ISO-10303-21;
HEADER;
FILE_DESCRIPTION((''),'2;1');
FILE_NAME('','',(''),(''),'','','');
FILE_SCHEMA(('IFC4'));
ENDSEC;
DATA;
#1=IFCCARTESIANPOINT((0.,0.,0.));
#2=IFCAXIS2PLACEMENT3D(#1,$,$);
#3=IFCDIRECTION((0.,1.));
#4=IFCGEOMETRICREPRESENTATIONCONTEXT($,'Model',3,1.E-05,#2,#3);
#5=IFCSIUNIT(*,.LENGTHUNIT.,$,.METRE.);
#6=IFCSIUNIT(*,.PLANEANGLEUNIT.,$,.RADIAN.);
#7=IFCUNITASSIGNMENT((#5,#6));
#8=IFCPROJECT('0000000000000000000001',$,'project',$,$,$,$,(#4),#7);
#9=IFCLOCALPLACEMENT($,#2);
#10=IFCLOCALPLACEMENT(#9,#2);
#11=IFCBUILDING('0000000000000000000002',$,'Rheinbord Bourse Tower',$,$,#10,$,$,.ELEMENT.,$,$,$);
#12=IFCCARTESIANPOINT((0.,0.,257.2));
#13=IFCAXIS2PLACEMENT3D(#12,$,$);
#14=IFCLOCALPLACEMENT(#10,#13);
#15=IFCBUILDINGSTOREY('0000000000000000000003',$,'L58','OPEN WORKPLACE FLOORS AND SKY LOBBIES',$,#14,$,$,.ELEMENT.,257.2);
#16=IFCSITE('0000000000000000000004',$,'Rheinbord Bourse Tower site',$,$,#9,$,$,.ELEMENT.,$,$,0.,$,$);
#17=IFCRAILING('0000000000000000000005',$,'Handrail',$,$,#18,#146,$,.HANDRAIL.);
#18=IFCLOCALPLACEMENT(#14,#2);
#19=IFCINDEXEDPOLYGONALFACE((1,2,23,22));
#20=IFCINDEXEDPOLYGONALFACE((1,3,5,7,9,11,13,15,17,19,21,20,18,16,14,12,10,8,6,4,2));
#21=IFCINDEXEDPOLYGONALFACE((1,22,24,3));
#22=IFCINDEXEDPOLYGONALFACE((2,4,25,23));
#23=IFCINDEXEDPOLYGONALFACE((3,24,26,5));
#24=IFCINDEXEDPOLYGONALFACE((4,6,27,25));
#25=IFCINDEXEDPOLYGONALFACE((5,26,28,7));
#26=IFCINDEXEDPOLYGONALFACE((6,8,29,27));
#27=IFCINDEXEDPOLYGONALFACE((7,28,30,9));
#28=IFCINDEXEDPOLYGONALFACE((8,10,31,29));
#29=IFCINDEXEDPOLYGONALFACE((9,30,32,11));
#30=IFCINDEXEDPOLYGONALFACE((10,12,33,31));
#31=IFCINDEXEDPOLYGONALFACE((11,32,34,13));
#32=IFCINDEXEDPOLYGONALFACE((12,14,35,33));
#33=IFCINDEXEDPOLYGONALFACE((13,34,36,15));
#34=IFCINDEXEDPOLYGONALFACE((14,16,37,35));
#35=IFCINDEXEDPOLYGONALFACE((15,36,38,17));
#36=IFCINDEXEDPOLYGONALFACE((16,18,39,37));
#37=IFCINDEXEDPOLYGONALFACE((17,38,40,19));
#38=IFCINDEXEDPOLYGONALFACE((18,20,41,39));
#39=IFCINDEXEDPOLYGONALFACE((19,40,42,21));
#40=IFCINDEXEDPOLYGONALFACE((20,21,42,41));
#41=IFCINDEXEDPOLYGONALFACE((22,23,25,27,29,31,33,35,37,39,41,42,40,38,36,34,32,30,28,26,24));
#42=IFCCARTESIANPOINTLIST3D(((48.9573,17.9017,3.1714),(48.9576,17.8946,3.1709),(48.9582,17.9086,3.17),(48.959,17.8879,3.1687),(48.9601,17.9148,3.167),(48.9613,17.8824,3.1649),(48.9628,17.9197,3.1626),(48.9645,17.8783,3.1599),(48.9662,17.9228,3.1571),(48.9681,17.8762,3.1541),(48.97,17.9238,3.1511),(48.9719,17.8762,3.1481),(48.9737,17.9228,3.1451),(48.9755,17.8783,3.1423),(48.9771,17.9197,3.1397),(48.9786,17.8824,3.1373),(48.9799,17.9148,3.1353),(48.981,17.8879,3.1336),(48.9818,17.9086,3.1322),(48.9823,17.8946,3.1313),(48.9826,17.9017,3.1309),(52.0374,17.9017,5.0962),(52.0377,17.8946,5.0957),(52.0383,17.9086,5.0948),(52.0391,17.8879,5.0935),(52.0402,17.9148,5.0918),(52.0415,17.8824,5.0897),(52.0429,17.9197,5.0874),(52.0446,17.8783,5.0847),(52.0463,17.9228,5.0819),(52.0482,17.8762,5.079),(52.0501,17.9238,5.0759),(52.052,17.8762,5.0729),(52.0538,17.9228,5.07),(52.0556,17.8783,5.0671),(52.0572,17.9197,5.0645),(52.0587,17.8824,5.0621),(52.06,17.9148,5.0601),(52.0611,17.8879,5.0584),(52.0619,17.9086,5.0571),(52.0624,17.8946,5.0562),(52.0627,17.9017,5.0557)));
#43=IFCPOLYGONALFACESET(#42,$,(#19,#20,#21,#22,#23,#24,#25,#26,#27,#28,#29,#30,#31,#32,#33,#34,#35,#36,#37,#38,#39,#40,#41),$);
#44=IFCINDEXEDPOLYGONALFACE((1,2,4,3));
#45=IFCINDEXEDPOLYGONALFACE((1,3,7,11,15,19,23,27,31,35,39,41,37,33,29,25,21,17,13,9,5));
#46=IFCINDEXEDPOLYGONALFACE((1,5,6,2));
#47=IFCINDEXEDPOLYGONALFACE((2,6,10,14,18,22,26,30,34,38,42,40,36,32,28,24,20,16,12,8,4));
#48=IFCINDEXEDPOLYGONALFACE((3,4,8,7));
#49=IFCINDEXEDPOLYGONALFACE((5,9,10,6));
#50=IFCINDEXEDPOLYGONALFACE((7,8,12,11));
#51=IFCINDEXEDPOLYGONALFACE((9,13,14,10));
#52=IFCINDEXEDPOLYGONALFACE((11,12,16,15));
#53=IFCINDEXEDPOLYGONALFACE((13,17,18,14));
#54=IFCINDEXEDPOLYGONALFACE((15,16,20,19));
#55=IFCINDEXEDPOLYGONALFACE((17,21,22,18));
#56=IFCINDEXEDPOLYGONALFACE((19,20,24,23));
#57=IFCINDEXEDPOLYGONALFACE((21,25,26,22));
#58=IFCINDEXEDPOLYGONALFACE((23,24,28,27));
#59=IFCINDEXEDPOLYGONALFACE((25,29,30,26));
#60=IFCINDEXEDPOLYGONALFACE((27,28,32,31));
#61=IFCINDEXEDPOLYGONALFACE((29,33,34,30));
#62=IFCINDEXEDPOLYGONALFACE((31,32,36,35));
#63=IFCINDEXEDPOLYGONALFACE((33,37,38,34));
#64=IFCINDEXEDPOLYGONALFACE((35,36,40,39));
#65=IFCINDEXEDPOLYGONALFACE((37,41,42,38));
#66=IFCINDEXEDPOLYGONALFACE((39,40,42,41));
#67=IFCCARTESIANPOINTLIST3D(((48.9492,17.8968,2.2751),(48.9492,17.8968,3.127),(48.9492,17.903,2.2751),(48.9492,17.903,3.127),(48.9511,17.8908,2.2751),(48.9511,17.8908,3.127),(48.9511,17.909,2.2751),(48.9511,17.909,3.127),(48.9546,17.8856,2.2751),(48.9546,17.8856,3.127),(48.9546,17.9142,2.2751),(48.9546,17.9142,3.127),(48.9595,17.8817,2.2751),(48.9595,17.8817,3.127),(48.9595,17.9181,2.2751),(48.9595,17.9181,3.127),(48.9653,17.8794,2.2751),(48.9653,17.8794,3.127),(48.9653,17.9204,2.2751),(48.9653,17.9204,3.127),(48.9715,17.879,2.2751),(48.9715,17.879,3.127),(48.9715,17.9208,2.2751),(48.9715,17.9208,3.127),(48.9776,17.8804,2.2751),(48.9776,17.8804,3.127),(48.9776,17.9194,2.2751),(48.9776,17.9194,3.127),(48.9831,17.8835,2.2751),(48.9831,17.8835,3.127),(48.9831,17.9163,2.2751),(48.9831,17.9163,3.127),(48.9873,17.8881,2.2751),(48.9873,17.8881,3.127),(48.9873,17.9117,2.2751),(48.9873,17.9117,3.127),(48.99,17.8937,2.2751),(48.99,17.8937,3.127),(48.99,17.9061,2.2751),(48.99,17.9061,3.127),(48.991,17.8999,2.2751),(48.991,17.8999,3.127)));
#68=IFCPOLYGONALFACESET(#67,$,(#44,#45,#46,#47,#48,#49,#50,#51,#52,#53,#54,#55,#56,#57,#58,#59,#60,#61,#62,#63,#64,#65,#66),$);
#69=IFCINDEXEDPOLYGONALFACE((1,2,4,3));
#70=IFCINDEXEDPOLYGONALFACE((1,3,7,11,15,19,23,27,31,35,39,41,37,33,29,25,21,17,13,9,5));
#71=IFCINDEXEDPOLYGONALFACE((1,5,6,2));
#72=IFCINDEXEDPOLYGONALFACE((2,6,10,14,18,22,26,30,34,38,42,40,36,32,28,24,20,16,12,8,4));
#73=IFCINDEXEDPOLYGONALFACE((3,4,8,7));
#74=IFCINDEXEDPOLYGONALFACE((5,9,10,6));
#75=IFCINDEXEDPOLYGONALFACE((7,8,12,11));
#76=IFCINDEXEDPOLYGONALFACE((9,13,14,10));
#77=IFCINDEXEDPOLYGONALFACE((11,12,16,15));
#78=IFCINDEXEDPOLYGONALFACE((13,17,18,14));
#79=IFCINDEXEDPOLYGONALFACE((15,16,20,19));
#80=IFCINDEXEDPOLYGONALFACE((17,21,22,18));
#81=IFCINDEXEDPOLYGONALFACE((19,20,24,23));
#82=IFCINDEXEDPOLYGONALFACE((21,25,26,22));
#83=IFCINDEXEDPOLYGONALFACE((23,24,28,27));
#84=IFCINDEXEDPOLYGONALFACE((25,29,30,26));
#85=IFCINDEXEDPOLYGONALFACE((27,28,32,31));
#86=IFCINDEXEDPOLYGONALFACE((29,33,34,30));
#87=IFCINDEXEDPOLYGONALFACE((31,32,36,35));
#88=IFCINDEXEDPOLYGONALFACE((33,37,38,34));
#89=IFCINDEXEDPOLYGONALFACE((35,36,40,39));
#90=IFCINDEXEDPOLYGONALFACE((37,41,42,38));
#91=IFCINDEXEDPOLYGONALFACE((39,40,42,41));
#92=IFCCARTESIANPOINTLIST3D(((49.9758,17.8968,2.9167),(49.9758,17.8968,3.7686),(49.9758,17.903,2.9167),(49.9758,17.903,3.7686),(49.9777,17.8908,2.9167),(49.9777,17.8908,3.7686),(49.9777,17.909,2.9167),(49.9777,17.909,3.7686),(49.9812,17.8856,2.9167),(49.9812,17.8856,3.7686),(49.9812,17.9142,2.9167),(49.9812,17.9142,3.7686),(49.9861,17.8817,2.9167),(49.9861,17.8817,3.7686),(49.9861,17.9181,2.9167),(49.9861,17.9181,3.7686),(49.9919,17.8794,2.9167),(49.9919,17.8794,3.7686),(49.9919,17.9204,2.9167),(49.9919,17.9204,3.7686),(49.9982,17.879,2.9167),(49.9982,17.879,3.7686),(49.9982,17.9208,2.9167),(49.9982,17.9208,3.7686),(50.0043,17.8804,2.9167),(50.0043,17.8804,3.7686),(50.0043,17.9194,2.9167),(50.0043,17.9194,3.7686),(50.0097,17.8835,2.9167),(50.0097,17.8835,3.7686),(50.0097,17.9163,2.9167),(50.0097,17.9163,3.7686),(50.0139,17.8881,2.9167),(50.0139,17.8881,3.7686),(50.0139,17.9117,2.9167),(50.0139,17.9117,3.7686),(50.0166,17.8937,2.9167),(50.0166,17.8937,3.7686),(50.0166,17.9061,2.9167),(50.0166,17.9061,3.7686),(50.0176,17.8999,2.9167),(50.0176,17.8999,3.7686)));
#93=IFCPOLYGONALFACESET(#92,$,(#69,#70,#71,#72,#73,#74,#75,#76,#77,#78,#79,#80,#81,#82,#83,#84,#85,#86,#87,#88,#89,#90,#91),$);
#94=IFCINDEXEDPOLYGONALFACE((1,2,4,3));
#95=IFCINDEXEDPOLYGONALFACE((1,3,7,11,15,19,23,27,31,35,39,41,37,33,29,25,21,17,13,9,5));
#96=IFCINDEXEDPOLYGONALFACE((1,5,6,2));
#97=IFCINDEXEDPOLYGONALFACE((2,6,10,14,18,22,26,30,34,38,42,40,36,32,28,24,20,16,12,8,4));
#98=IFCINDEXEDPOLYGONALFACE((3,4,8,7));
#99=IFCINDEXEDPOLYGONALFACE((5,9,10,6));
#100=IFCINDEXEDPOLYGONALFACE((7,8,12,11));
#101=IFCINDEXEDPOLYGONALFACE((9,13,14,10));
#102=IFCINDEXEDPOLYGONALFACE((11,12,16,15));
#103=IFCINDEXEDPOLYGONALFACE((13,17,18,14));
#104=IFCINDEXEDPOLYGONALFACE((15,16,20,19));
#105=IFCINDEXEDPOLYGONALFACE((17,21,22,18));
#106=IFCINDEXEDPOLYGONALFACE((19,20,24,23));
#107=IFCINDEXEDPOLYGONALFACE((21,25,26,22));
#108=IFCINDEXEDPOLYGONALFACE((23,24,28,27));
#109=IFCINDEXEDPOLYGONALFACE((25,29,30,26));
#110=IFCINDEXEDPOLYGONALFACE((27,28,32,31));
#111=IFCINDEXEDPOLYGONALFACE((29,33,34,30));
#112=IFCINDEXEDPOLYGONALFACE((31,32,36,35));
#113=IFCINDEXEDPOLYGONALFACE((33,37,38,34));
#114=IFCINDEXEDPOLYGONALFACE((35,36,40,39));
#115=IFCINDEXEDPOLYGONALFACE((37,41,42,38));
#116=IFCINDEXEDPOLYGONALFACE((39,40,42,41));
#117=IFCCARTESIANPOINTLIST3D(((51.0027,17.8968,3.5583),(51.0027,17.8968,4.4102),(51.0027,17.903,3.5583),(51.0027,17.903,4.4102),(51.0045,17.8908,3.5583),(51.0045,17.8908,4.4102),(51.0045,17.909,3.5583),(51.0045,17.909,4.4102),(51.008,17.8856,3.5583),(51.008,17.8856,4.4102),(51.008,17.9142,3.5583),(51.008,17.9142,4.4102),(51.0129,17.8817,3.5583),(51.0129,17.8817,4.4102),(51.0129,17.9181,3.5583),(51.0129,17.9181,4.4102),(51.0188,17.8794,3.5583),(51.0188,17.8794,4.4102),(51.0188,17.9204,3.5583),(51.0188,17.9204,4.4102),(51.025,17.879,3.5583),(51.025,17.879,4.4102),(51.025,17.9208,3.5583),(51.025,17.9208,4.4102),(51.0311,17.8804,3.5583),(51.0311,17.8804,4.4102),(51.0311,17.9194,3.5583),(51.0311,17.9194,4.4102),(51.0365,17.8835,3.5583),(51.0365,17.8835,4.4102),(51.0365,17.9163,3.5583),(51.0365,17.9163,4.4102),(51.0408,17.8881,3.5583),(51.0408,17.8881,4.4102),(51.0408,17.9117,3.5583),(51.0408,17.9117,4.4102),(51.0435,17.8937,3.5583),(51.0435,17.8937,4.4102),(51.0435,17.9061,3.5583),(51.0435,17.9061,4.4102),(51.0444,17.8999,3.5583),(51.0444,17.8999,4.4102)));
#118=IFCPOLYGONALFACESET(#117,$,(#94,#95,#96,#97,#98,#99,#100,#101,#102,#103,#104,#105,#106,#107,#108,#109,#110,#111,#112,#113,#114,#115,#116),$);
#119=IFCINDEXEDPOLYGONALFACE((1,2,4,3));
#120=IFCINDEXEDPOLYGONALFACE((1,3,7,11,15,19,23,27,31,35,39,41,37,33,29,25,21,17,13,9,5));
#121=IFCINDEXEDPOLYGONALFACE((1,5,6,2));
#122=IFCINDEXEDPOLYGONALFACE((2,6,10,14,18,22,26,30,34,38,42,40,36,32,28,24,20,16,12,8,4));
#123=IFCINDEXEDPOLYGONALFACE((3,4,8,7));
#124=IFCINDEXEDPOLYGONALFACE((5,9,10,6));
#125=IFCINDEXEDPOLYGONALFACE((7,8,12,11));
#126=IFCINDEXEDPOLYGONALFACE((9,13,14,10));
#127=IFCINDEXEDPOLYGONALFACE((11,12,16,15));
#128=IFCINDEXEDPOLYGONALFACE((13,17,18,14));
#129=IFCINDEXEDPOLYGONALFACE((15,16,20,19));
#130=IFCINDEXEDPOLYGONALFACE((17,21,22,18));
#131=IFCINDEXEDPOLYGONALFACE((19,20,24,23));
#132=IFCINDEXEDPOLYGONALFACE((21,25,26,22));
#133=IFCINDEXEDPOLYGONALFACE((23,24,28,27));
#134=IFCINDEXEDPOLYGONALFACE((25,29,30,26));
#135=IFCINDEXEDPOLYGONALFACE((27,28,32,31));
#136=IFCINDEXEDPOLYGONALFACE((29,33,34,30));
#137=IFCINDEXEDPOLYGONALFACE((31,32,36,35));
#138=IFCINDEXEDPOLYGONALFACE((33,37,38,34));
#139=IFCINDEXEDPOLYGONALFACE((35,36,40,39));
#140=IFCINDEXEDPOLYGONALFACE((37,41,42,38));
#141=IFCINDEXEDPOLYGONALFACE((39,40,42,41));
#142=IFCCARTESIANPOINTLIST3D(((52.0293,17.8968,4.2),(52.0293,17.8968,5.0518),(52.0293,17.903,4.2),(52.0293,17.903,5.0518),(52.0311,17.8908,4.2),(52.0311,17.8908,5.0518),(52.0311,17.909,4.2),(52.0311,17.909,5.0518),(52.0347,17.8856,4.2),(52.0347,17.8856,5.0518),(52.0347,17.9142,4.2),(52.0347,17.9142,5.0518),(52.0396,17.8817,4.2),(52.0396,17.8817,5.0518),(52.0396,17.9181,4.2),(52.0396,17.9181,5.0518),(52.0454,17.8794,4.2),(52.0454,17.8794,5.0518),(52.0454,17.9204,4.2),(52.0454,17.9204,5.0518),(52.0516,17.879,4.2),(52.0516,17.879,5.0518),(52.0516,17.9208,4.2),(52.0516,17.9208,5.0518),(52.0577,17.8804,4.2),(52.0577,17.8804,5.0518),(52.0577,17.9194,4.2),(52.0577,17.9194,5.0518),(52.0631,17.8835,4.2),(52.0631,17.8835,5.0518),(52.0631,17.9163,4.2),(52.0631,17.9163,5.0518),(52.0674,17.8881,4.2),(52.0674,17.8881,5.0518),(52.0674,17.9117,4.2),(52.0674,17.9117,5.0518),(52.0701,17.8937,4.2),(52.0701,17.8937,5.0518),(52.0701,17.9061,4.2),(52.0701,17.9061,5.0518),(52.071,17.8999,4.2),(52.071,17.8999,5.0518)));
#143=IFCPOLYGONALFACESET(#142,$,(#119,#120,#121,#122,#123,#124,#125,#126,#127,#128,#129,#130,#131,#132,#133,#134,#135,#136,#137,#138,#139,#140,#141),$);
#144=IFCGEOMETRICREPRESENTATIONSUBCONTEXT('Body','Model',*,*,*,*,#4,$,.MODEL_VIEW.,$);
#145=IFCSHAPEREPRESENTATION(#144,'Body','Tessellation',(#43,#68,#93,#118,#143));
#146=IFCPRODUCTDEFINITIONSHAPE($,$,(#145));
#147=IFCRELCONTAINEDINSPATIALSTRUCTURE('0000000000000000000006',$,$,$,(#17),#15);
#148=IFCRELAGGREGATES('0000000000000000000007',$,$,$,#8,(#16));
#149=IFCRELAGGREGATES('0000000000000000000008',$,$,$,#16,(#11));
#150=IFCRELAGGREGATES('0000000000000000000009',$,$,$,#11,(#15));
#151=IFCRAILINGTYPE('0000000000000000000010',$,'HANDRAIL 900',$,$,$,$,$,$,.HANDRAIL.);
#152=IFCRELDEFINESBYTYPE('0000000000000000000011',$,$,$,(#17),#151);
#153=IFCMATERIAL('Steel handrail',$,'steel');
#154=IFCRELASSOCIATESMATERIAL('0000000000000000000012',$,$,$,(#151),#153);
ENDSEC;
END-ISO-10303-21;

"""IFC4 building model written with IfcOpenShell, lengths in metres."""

from ifc_helpers import new_model, si_unit, direction, frame, origin, origin_2d, place, context, subcontext, project, spatial, circle, extrude, material, type_object, element, save


model = new_model("IFC4")

# Units and contexts
model_context = context("Model", 3, precision=1e-05, world=origin(), true_north=direction((0.0, 1.0)))
body_context = subcontext(model_context, "Body", "Model", "MODEL_VIEW")
ifc_project = project(units=[si_unit("LENGTHUNIT", "METRE"), si_unit("PLANEANGLEUNIT", "RADIAN")], contexts=[model_context])

# Site, building, storey
site_placement = place(None, origin())
site = spatial("IfcSite", under=ifc_project, at=site_placement, Name="Rheinbord Bourse Tower site", CompositionType="ELEMENT", RefElevation=0.0)
building_placement = place(site_placement, origin())
building = spatial("IfcBuilding", under=site, at=building_placement, Name="Rheinbord Bourse Tower", CompositionType="ELEMENT")
storey_placement = place(building_placement, frame((0.0, 0.0, 257.2)))
storey = spatial("IfcBuildingStorey", under=building, at=storey_placement, Name="L58", Description="OPEN WORKPLACE FLOORS AND SKY LOBBIES", CompositionType="ELEMENT", Elevation=257.2)

# Railing
ifc_material_1 = material(Name="Steel handrail", Category="steel")
railing_type = type_object("IfcRailingType", Name="HANDRAIL 900", PredefinedType="HANDRAIL", material=ifc_material_1)
railing_1_placement = place(storey_placement, frame((48.97, 17.8999, 2.2751)))
element("IfcRailing", 1, at=railing_1_placement, inside=storey, type_object=railing_type, Name="Handrail", PredefinedType="HANDRAIL", context=body_context, shape_type="SweptSolid", body=[
    extrude(circle(Radius=0.0239, at=origin_2d()), frame((0.0, 0.0, 0.876), z_axis=(0.848029, 0.0, 0.529951), x_axis=(0.0, 1.0, 0.0)), (0.0, 0.0, 1.0), 3.6321),
    extrude(circle(Radius=0.021, at=origin_2d()), origin(), (0.0, 0.0, 1.0), 0.8518),
    extrude(circle(Radius=0.021, at=origin_2d()), frame((1.0266, 0.0, 0.6416)), (0.0, 0.0, 1.0), 0.8518),
    extrude(circle(Radius=0.021, at=origin_2d()), frame((2.0535, 0.0, 1.2832)), (0.0, 0.0, 1.0), 0.8518),
    extrude(circle(Radius=0.021, at=origin_2d()), frame((3.0801, 0.0, 1.9248)), (0.0, 0.0, 1.0), 0.8518),
])

save(model, "model.ifc")
